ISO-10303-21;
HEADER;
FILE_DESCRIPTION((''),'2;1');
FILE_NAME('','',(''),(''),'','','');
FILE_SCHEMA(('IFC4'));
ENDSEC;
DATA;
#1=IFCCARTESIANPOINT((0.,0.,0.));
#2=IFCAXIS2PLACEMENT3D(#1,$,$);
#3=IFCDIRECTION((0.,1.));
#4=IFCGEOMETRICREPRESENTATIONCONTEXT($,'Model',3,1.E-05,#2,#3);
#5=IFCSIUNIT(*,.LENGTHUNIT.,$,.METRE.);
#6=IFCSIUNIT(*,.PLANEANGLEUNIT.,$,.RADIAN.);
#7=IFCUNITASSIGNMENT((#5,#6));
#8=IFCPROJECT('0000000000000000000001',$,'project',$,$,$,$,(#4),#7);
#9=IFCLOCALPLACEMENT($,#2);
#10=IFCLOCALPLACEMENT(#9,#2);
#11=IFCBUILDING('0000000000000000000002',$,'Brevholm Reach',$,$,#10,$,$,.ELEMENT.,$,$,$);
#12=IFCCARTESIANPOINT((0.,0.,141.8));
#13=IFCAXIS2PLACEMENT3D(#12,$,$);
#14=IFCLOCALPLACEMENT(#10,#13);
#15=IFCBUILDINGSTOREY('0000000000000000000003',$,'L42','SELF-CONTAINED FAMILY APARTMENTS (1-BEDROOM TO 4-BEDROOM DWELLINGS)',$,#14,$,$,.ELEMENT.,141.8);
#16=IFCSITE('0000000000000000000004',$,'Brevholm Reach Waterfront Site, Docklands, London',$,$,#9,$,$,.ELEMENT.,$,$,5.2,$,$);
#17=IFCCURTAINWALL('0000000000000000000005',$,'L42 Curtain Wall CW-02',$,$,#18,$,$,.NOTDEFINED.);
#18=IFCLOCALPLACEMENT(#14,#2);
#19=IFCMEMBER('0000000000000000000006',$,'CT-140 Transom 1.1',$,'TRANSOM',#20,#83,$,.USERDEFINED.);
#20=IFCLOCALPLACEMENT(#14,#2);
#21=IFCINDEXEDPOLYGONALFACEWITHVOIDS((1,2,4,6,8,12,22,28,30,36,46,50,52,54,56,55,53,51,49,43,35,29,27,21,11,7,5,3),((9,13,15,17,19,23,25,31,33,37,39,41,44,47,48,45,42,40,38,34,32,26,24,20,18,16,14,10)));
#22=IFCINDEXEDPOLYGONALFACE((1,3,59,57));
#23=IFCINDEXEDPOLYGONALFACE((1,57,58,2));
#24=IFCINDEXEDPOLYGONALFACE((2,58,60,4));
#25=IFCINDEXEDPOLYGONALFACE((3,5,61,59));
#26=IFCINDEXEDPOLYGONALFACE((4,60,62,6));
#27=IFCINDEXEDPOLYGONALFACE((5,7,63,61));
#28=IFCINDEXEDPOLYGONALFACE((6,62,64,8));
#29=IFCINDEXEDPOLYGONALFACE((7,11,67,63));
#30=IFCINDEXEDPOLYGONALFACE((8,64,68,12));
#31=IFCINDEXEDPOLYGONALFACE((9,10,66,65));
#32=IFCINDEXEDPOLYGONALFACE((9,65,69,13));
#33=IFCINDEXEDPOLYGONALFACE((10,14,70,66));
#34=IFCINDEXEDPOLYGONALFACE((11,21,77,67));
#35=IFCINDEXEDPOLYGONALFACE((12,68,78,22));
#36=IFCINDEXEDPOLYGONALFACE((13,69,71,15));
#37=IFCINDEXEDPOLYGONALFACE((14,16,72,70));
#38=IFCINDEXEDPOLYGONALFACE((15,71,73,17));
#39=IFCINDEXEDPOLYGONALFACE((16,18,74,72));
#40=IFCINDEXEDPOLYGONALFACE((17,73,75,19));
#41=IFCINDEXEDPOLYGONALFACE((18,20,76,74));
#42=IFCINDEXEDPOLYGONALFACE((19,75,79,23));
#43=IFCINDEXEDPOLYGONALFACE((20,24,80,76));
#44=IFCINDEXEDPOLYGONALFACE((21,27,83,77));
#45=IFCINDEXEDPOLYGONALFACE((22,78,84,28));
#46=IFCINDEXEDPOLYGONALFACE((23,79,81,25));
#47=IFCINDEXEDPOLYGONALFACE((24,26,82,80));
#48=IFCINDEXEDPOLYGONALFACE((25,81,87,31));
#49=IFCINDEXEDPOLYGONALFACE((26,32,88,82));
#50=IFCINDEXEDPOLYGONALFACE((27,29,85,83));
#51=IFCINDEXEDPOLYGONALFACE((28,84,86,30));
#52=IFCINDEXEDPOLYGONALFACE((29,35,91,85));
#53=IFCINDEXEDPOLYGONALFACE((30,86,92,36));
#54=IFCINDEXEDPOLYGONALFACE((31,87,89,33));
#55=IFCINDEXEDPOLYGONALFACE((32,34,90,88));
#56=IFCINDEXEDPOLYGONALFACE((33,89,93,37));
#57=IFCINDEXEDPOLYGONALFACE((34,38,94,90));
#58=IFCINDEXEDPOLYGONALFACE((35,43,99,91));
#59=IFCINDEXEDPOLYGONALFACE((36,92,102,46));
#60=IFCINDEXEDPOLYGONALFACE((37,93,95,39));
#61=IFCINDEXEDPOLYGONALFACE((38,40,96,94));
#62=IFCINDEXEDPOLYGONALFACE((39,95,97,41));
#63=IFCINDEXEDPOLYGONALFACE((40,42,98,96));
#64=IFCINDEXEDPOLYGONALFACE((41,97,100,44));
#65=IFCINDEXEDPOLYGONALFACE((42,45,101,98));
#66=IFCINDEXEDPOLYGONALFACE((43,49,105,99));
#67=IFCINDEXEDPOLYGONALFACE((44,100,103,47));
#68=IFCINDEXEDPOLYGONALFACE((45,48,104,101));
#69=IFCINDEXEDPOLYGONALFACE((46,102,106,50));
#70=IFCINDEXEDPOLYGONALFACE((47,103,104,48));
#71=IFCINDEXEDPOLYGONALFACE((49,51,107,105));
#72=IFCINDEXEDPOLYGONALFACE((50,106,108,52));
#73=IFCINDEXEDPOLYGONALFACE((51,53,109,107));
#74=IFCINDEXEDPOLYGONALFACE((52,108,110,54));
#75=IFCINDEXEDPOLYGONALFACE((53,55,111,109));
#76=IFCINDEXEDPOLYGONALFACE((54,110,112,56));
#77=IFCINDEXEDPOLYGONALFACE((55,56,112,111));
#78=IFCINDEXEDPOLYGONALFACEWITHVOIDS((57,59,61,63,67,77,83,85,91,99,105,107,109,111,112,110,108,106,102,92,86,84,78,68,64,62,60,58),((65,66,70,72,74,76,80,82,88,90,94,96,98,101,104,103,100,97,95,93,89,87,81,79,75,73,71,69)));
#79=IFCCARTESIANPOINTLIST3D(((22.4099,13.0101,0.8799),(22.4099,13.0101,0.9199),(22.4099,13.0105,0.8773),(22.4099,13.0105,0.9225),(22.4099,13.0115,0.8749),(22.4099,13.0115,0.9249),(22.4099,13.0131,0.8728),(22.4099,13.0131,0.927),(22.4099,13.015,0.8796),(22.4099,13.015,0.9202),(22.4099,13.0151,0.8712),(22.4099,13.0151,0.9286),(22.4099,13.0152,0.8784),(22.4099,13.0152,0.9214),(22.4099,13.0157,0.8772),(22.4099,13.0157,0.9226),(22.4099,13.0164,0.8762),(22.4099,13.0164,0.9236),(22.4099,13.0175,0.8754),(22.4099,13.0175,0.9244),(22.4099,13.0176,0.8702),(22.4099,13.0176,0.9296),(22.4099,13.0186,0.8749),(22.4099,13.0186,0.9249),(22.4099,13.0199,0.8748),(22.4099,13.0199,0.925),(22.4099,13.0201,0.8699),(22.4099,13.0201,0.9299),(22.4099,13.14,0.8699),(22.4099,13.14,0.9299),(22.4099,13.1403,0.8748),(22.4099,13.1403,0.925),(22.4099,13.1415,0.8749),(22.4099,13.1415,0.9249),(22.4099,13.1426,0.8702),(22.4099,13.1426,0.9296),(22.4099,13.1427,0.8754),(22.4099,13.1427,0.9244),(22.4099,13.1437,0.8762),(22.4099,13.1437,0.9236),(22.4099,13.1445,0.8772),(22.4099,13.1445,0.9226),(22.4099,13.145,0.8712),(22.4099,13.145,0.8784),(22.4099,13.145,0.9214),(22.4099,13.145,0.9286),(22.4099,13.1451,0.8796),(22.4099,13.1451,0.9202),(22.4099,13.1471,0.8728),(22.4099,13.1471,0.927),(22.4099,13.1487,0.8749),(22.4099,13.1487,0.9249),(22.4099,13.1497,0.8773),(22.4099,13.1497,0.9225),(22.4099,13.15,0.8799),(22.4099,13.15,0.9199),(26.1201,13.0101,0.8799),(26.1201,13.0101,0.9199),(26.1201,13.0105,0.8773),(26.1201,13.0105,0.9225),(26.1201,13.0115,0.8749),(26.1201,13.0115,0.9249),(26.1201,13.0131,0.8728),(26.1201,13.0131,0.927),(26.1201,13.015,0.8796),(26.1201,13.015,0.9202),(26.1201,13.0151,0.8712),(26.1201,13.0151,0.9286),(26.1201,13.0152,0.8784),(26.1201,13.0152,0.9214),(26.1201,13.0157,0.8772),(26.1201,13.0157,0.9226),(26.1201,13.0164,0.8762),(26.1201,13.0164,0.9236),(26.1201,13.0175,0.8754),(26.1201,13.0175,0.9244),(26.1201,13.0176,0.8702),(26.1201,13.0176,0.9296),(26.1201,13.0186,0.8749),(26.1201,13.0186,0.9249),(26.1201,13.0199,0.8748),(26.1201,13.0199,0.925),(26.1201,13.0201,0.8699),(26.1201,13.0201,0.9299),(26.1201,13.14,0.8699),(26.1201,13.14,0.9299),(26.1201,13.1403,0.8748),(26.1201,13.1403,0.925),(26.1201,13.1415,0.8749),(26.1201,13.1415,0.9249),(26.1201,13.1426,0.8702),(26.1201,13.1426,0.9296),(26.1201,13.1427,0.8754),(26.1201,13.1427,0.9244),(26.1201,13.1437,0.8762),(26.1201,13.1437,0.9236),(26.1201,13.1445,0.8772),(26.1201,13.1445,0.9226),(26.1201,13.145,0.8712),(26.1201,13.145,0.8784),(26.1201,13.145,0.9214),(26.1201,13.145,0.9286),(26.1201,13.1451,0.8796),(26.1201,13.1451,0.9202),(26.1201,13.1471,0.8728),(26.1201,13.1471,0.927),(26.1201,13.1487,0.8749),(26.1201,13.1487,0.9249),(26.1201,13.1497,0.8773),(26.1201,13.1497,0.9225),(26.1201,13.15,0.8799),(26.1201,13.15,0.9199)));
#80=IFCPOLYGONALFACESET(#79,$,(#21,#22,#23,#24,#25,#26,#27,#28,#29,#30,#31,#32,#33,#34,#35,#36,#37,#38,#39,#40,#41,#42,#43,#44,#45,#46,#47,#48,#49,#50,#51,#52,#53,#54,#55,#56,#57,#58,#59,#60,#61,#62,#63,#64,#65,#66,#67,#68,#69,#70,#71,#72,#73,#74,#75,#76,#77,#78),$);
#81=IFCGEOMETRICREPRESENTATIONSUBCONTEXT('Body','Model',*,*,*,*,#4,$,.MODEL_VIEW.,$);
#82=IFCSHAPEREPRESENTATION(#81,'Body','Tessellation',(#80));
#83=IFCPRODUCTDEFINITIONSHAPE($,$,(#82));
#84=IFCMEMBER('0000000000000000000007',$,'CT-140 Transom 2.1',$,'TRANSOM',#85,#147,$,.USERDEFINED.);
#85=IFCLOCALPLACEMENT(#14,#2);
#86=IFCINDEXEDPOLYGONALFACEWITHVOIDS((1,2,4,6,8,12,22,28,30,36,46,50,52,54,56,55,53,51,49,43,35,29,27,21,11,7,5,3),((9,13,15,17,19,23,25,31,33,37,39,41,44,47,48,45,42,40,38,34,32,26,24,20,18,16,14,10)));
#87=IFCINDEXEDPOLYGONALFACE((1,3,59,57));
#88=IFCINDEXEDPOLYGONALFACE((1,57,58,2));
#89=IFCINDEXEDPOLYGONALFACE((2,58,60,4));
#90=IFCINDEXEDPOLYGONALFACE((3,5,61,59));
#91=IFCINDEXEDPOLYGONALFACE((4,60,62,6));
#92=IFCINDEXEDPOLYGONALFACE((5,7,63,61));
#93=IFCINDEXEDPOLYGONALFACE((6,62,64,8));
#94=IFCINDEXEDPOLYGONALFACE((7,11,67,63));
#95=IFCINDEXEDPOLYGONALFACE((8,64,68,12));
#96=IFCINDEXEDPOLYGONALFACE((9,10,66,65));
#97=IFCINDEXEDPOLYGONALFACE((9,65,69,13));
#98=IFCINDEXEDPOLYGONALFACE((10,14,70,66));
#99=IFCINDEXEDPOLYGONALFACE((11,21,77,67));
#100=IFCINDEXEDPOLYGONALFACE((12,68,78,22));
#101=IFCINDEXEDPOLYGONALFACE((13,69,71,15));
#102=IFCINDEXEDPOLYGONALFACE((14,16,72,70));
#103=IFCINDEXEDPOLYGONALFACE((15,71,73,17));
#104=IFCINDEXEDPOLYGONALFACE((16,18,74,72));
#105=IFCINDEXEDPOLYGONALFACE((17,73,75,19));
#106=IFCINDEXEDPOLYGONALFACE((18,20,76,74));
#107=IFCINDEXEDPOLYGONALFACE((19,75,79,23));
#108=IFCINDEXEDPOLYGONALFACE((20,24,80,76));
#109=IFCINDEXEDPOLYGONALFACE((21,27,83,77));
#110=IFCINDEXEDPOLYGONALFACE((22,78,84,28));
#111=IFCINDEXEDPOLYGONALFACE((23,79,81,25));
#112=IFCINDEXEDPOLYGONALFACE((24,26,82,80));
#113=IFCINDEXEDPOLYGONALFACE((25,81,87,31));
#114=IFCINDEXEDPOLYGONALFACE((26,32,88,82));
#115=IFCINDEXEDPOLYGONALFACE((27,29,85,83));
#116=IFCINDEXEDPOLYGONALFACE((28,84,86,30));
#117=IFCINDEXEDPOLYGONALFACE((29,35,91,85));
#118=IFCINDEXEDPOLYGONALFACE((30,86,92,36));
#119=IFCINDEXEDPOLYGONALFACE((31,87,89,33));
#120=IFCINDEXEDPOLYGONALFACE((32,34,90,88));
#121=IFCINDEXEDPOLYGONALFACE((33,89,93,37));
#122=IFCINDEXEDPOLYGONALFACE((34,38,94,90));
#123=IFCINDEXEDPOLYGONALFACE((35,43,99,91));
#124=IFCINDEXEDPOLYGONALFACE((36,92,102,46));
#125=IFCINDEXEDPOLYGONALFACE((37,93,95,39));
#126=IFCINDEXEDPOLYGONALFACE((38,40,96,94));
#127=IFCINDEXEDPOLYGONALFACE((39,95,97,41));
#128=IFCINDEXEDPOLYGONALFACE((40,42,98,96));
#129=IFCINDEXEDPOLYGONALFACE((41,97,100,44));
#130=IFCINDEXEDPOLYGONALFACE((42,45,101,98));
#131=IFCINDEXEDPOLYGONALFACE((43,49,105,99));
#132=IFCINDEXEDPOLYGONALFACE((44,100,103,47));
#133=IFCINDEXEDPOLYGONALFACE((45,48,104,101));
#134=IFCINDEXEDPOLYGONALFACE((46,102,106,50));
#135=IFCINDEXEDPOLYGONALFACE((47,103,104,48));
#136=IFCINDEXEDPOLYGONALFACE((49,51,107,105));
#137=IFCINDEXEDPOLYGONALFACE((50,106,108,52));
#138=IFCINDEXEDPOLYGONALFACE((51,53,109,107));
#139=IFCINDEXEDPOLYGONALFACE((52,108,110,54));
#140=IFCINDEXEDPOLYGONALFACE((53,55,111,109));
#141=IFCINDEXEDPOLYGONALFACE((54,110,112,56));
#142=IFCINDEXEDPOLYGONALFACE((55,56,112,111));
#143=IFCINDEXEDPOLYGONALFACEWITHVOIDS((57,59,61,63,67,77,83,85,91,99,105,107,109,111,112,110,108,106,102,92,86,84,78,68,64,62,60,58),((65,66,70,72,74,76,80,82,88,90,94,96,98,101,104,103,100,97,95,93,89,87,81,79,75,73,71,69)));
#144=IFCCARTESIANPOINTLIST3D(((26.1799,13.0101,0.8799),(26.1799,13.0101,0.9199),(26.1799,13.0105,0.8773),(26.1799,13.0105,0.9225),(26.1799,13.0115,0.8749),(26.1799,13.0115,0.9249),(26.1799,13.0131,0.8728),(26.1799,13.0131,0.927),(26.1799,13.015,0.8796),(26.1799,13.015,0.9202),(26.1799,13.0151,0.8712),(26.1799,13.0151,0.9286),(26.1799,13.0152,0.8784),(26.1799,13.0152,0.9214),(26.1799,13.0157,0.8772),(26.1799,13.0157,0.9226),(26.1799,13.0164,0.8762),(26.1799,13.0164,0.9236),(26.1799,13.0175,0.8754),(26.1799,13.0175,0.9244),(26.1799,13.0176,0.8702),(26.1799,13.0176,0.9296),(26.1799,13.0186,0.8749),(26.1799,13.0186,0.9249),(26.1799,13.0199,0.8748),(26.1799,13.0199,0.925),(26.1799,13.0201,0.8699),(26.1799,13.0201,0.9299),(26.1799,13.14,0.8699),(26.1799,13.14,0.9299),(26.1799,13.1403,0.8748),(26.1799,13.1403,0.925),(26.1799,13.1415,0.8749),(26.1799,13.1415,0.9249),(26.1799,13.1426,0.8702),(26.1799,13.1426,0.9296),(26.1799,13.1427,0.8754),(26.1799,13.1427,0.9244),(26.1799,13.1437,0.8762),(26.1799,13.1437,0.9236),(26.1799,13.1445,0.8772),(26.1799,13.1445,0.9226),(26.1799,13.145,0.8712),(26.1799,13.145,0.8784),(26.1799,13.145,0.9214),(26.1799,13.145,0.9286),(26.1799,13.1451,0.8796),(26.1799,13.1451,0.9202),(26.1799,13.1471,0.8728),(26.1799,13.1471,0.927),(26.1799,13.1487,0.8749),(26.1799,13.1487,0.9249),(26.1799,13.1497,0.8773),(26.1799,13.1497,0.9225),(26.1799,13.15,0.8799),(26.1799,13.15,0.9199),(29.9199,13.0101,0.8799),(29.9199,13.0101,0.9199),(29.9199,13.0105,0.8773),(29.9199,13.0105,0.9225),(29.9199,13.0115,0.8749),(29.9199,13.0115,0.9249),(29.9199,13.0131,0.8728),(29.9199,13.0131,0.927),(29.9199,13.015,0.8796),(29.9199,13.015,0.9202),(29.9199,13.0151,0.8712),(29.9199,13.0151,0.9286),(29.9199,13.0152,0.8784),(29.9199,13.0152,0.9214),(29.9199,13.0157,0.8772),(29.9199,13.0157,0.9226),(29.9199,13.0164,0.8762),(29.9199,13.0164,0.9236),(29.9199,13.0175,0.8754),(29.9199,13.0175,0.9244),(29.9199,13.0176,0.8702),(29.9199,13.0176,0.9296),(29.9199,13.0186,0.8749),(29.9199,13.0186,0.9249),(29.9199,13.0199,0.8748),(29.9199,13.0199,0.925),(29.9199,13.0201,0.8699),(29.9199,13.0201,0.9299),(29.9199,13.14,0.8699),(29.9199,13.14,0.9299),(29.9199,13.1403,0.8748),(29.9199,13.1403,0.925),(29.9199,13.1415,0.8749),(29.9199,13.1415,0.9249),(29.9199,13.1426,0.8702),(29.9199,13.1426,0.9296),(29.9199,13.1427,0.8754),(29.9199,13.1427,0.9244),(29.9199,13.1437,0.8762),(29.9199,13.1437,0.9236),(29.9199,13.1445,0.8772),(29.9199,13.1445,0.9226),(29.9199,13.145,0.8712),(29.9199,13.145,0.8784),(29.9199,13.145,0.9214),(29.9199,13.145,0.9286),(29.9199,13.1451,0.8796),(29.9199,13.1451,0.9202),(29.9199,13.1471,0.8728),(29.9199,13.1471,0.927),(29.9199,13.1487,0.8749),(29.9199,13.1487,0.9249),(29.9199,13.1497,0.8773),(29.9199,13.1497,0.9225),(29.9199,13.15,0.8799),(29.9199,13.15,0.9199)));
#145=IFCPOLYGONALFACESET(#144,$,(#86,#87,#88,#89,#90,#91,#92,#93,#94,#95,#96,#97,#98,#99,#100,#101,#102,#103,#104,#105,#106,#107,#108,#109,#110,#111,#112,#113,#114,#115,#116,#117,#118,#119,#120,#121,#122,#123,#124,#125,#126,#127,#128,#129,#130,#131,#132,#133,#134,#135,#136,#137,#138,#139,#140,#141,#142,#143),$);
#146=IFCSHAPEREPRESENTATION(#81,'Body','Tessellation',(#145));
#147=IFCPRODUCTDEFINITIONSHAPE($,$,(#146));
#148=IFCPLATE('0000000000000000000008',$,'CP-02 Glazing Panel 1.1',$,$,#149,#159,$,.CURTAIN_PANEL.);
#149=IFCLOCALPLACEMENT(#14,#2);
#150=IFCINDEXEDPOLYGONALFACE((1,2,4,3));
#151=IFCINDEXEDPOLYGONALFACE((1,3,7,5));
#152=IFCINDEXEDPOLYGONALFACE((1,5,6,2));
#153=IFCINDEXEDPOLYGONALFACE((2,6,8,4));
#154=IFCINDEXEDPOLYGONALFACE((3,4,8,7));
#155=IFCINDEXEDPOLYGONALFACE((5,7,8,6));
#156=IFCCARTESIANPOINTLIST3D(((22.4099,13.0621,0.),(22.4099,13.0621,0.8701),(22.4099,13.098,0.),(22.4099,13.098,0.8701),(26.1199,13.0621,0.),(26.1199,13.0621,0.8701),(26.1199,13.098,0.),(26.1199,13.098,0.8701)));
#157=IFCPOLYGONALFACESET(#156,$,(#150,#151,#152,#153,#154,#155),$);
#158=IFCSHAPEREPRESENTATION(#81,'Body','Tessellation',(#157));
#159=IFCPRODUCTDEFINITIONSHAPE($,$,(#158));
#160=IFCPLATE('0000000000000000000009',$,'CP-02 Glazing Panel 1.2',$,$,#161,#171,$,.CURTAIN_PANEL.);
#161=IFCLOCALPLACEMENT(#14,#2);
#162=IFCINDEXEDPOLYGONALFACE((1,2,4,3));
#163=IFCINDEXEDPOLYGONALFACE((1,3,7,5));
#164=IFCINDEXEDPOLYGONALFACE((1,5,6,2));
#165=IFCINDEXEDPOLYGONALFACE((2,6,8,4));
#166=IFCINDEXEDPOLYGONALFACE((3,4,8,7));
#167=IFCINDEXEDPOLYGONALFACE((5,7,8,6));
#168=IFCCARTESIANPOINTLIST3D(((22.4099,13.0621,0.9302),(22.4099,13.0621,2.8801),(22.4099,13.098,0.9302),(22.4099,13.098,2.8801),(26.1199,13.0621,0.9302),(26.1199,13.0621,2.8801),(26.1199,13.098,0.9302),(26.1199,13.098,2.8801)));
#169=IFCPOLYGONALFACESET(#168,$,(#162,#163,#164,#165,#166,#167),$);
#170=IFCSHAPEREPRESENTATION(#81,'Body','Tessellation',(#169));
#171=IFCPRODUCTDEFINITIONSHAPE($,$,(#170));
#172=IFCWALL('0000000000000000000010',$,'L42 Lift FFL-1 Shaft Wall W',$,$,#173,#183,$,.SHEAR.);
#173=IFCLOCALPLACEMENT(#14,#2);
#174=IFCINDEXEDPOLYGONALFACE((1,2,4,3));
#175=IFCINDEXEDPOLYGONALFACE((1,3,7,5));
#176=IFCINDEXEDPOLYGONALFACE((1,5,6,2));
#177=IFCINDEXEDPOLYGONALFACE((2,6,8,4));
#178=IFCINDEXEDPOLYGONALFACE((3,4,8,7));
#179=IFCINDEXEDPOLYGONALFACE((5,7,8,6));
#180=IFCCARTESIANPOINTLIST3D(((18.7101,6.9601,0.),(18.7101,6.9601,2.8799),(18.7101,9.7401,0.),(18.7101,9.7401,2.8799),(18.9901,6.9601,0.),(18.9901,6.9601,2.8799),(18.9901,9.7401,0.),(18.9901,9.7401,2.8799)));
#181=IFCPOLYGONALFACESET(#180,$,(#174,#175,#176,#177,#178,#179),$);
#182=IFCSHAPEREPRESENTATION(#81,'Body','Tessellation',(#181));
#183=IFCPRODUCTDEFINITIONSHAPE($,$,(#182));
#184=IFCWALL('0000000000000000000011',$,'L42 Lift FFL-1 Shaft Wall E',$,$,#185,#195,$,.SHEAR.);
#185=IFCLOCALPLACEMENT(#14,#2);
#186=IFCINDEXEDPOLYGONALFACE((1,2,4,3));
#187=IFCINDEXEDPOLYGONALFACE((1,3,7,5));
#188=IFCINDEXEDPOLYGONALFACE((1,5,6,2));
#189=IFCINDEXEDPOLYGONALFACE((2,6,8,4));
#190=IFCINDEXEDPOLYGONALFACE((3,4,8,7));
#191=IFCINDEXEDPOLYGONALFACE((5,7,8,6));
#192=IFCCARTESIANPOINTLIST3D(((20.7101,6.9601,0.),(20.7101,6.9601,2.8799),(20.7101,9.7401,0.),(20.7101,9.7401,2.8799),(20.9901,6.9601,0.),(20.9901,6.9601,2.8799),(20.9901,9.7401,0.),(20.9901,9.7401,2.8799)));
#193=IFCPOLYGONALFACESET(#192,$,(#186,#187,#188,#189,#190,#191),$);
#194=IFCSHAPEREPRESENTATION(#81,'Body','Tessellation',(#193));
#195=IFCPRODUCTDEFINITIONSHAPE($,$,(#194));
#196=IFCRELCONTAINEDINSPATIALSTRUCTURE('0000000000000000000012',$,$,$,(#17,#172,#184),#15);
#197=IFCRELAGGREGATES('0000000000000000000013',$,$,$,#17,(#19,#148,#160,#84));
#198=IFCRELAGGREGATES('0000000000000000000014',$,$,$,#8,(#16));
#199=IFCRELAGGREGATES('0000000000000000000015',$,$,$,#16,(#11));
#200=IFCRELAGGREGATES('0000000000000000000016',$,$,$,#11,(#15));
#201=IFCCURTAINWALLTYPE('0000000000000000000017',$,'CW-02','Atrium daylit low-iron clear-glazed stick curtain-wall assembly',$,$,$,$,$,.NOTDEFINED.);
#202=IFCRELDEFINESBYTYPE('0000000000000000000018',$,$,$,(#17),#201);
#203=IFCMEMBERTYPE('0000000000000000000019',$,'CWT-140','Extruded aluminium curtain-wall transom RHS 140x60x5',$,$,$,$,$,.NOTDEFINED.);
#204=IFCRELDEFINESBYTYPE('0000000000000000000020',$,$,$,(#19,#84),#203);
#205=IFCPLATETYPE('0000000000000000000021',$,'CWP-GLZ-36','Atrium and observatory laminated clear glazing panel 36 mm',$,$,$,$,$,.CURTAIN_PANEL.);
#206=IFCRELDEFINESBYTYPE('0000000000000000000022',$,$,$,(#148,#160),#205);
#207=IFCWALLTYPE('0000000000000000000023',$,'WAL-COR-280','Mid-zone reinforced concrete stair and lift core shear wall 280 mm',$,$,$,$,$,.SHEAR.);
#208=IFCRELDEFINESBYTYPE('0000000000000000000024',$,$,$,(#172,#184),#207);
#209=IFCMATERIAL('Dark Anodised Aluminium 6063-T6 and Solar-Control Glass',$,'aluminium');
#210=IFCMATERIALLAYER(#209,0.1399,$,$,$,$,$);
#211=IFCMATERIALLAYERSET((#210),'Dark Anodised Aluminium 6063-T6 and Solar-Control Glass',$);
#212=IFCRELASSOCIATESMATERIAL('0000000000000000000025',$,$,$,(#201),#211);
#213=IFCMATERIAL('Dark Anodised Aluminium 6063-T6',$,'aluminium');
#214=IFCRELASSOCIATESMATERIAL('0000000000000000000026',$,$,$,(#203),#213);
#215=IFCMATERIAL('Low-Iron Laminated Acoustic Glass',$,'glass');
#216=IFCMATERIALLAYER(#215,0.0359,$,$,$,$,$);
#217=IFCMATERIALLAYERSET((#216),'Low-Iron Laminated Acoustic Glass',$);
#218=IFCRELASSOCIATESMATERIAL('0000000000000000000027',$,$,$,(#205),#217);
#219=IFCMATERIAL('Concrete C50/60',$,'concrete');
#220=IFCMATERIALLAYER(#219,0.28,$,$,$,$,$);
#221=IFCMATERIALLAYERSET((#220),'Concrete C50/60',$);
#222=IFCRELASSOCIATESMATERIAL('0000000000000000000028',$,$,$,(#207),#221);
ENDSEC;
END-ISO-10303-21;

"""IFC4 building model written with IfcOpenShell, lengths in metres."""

from ifc_helpers import new_model, si_unit, direction, frame, frame_2d, origin, origin_2d, place, context, subcontext, project, spatial, rectangle, hollow_rectangle, extrude, material, layer, layer_set, material_profile, profile_set, type_object, element, aggregate, save


model = new_model("IFC4")

# Units and contexts
model_context = context("Model", 3, precision=1e-05, world=origin(), true_north=direction((0.0, 1.0)))
body_context = subcontext(model_context, "Body", "Model", "MODEL_VIEW")
ifc_project = project(units=[si_unit("LENGTHUNIT", "METRE"), si_unit("PLANEANGLEUNIT", "RADIAN")], contexts=[model_context])

# Site, building, storey
site_placement = place(None, origin())
site = spatial("IfcSite", under=ifc_project, at=site_placement, Name="Brevholm Reach Waterfront Site, Docklands, London", CompositionType="ELEMENT", RefElevation=5.2)
building_placement = place(site_placement, origin())
building = spatial("IfcBuilding", under=site, at=building_placement, Name="Brevholm Reach", CompositionType="ELEMENT")
storey_placement = place(building_placement, frame((0.0, 0.0, 141.8)))
storey = spatial("IfcBuildingStorey", under=building, at=storey_placement, Name="L42", Description="SELF-CONTAINED FAMILY APARTMENTS (1-BEDROOM TO 4-BEDROOM DWELLINGS)", CompositionType="ELEMENT", Elevation=141.8)

# Curtain wall, members, plates
ifc_material_1 = material(Name="Dark Anodised Aluminium 6063-T6 and Solar-Control Glass", Category="aluminium")
ifc_layer_1 = layer(ifc_material_1, 0.1399)
ifc_layer_set_1 = layer_set([ifc_layer_1], Name="Dark Anodised Aluminium 6063-T6 and Solar-Control Glass")
curtain_wall_type = type_object("IfcCurtainWallType", Name="CW-02", Description="Atrium daylit low-iron clear-glazed stick curtain-wall assembly", PredefinedType="NOTDEFINED", material=ifc_layer_set_1)
curtain_wall_placement = place(storey_placement, origin())
curtain_wall = element("IfcCurtainWall", 1, at=curtain_wall_placement, inside=storey, type_object=curtain_wall_type, Name="L42 Curtain Wall CW-02", PredefinedType="NOTDEFINED")
ifc_material_2 = material(Name="Dark Anodised Aluminium 6063-T6", Category="aluminium")
ifc_material_profile_1 = material_profile(ifc_material_2, hollow_rectangle(XDim=0.0601, YDim=0.1399, WallThickness=0.0049, InnerFilletRadius=0.0049, OuterFilletRadius=0.01, at=origin_2d()), Name="RHS 140x60x5")
ifc_profile_set_1 = profile_set([ifc_material_profile_1], Name="Dark Anodised Aluminium 6063-T6")
member_type_1 = type_object("IfcMemberType", Name="CWT-140", Description="Extruded aluminium curtain-wall transom RHS 140x60x5", PredefinedType="NOTDEFINED", material=ifc_profile_set_1)
member_1_placement = place(storey_placement, frame((22.4099, 13.0801, 0.8999), z_axis=(1.0, 0.0, 0.0), x_axis=(0.0, 0.0, 1.0)))
member_1 = element("IfcMember", 2, at=member_1_placement, type_object=member_type_1, Name="CT-140 Transom 1.1", ObjectType="TRANSOM", PredefinedType="USERDEFINED", context=body_context, shape_type="SweptSolid", body=[
    extrude(hollow_rectangle(XDim=0.0601, YDim=0.1399, WallThickness=0.0049, InnerFilletRadius=0.0049, OuterFilletRadius=0.01, at=origin_2d()), origin(), (0.0, 0.0, 1.0), 3.7102),
])
member_2_placement = place(storey_placement, frame((26.1799, 13.0801, 0.8999), z_axis=(1.0, 0.0, 0.0), x_axis=(0.0, 0.0, 1.0)))
member_2 = element("IfcMember", 3, at=member_2_placement, type_object=member_type_1, Name="CT-140 Transom 2.1", ObjectType="TRANSOM", PredefinedType="USERDEFINED", context=body_context, shape_type="SweptSolid", body=[
    extrude(hollow_rectangle(XDim=0.0601, YDim=0.1399, WallThickness=0.0049, InnerFilletRadius=0.0049, OuterFilletRadius=0.01, at=origin_2d()), origin(), (0.0, 0.0, 1.0), 3.74),
])
ifc_material_3 = material(Name="Low-Iron Laminated Acoustic Glass", Category="glass")
ifc_layer_2 = layer(ifc_material_3, 0.0359)
ifc_layer_set_2 = layer_set([ifc_layer_2], Name="Low-Iron Laminated Acoustic Glass")
plate_type = type_object("IfcPlateType", Name="CWP-GLZ-36", Description="Atrium and observatory laminated clear glazing panel 36 mm", PredefinedType="CURTAIN_PANEL", material=ifc_layer_set_2)
plate_1_placement = place(storey_placement, frame((24.2649, 13.0801, 0.0), z_axis=(0.0, 0.0, 1.0), x_axis=(1.0, 0.0, 0.0)))
plate_1 = element("IfcPlate", 4, at=plate_1_placement, type_object=plate_type, Name="CP-02 Glazing Panel 1.1", PredefinedType="CURTAIN_PANEL", context=body_context, shape_type="SweptSolid", body=[
    extrude(rectangle(XDim=3.71, YDim=0.0359, at=origin_2d()), origin(), (0.0, 0.0, 1.0), 0.8701),
])
plate_2_placement = place(storey_placement, frame((24.2649, 13.0801, 0.9302), z_axis=(0.0, 0.0, 1.0), x_axis=(1.0, 0.0, 0.0)))
plate_2 = element("IfcPlate", 5, at=plate_2_placement, type_object=plate_type, Name="CP-02 Glazing Panel 1.2", PredefinedType="CURTAIN_PANEL", context=body_context, shape_type="SweptSolid", body=[
    extrude(rectangle(XDim=3.71, YDim=0.0359, at=origin_2d()), origin(), (0.0, 0.0, 1.0), 1.95),
])
aggregate(curtain_wall, [member_1, plate_1, plate_2, member_2])

# Walls
ifc_material_4 = material(Name="Concrete C50/60", Category="concrete")
ifc_layer_3 = layer(ifc_material_4, 0.28)
ifc_layer_set_3 = layer_set([ifc_layer_3], Name="Concrete C50/60")
wall_type_1 = type_object("IfcWallType", Name="WAL-COR-280", Description="Mid-zone reinforced concrete stair and lift core shear wall 280 mm", PredefinedType="SHEAR", material=ifc_layer_set_3)
for number, where, z_axis, x_axis, name in (
    (6, (18.8501, 6.96, 0.0), (0.0, 0.0, 1.0), (0.0, 1.0, 0.0), "L42 Lift FFL-1 Shaft Wall W"),
    (7, (20.8501, 6.96, 0.0), (0.0, 0.0, 1.0), (0.0, 1.0, 0.0), "L42 Lift FFL-1 Shaft Wall E"),
):
    element("IfcWall", number, at=place(storey_placement, frame(where, z_axis=z_axis, x_axis=x_axis)), inside=storey, type_object=wall_type_1, Name=name, PredefinedType="SHEAR", context=body_context, shape_type="SweptSolid", body=[
        extrude(rectangle(XDim=2.78, YDim=0.28, at=frame_2d((1.3901, 0.0))), origin(), (0.0, 0.0, 1.0), 2.8799),
    ])

save(model, "model.ifc")
